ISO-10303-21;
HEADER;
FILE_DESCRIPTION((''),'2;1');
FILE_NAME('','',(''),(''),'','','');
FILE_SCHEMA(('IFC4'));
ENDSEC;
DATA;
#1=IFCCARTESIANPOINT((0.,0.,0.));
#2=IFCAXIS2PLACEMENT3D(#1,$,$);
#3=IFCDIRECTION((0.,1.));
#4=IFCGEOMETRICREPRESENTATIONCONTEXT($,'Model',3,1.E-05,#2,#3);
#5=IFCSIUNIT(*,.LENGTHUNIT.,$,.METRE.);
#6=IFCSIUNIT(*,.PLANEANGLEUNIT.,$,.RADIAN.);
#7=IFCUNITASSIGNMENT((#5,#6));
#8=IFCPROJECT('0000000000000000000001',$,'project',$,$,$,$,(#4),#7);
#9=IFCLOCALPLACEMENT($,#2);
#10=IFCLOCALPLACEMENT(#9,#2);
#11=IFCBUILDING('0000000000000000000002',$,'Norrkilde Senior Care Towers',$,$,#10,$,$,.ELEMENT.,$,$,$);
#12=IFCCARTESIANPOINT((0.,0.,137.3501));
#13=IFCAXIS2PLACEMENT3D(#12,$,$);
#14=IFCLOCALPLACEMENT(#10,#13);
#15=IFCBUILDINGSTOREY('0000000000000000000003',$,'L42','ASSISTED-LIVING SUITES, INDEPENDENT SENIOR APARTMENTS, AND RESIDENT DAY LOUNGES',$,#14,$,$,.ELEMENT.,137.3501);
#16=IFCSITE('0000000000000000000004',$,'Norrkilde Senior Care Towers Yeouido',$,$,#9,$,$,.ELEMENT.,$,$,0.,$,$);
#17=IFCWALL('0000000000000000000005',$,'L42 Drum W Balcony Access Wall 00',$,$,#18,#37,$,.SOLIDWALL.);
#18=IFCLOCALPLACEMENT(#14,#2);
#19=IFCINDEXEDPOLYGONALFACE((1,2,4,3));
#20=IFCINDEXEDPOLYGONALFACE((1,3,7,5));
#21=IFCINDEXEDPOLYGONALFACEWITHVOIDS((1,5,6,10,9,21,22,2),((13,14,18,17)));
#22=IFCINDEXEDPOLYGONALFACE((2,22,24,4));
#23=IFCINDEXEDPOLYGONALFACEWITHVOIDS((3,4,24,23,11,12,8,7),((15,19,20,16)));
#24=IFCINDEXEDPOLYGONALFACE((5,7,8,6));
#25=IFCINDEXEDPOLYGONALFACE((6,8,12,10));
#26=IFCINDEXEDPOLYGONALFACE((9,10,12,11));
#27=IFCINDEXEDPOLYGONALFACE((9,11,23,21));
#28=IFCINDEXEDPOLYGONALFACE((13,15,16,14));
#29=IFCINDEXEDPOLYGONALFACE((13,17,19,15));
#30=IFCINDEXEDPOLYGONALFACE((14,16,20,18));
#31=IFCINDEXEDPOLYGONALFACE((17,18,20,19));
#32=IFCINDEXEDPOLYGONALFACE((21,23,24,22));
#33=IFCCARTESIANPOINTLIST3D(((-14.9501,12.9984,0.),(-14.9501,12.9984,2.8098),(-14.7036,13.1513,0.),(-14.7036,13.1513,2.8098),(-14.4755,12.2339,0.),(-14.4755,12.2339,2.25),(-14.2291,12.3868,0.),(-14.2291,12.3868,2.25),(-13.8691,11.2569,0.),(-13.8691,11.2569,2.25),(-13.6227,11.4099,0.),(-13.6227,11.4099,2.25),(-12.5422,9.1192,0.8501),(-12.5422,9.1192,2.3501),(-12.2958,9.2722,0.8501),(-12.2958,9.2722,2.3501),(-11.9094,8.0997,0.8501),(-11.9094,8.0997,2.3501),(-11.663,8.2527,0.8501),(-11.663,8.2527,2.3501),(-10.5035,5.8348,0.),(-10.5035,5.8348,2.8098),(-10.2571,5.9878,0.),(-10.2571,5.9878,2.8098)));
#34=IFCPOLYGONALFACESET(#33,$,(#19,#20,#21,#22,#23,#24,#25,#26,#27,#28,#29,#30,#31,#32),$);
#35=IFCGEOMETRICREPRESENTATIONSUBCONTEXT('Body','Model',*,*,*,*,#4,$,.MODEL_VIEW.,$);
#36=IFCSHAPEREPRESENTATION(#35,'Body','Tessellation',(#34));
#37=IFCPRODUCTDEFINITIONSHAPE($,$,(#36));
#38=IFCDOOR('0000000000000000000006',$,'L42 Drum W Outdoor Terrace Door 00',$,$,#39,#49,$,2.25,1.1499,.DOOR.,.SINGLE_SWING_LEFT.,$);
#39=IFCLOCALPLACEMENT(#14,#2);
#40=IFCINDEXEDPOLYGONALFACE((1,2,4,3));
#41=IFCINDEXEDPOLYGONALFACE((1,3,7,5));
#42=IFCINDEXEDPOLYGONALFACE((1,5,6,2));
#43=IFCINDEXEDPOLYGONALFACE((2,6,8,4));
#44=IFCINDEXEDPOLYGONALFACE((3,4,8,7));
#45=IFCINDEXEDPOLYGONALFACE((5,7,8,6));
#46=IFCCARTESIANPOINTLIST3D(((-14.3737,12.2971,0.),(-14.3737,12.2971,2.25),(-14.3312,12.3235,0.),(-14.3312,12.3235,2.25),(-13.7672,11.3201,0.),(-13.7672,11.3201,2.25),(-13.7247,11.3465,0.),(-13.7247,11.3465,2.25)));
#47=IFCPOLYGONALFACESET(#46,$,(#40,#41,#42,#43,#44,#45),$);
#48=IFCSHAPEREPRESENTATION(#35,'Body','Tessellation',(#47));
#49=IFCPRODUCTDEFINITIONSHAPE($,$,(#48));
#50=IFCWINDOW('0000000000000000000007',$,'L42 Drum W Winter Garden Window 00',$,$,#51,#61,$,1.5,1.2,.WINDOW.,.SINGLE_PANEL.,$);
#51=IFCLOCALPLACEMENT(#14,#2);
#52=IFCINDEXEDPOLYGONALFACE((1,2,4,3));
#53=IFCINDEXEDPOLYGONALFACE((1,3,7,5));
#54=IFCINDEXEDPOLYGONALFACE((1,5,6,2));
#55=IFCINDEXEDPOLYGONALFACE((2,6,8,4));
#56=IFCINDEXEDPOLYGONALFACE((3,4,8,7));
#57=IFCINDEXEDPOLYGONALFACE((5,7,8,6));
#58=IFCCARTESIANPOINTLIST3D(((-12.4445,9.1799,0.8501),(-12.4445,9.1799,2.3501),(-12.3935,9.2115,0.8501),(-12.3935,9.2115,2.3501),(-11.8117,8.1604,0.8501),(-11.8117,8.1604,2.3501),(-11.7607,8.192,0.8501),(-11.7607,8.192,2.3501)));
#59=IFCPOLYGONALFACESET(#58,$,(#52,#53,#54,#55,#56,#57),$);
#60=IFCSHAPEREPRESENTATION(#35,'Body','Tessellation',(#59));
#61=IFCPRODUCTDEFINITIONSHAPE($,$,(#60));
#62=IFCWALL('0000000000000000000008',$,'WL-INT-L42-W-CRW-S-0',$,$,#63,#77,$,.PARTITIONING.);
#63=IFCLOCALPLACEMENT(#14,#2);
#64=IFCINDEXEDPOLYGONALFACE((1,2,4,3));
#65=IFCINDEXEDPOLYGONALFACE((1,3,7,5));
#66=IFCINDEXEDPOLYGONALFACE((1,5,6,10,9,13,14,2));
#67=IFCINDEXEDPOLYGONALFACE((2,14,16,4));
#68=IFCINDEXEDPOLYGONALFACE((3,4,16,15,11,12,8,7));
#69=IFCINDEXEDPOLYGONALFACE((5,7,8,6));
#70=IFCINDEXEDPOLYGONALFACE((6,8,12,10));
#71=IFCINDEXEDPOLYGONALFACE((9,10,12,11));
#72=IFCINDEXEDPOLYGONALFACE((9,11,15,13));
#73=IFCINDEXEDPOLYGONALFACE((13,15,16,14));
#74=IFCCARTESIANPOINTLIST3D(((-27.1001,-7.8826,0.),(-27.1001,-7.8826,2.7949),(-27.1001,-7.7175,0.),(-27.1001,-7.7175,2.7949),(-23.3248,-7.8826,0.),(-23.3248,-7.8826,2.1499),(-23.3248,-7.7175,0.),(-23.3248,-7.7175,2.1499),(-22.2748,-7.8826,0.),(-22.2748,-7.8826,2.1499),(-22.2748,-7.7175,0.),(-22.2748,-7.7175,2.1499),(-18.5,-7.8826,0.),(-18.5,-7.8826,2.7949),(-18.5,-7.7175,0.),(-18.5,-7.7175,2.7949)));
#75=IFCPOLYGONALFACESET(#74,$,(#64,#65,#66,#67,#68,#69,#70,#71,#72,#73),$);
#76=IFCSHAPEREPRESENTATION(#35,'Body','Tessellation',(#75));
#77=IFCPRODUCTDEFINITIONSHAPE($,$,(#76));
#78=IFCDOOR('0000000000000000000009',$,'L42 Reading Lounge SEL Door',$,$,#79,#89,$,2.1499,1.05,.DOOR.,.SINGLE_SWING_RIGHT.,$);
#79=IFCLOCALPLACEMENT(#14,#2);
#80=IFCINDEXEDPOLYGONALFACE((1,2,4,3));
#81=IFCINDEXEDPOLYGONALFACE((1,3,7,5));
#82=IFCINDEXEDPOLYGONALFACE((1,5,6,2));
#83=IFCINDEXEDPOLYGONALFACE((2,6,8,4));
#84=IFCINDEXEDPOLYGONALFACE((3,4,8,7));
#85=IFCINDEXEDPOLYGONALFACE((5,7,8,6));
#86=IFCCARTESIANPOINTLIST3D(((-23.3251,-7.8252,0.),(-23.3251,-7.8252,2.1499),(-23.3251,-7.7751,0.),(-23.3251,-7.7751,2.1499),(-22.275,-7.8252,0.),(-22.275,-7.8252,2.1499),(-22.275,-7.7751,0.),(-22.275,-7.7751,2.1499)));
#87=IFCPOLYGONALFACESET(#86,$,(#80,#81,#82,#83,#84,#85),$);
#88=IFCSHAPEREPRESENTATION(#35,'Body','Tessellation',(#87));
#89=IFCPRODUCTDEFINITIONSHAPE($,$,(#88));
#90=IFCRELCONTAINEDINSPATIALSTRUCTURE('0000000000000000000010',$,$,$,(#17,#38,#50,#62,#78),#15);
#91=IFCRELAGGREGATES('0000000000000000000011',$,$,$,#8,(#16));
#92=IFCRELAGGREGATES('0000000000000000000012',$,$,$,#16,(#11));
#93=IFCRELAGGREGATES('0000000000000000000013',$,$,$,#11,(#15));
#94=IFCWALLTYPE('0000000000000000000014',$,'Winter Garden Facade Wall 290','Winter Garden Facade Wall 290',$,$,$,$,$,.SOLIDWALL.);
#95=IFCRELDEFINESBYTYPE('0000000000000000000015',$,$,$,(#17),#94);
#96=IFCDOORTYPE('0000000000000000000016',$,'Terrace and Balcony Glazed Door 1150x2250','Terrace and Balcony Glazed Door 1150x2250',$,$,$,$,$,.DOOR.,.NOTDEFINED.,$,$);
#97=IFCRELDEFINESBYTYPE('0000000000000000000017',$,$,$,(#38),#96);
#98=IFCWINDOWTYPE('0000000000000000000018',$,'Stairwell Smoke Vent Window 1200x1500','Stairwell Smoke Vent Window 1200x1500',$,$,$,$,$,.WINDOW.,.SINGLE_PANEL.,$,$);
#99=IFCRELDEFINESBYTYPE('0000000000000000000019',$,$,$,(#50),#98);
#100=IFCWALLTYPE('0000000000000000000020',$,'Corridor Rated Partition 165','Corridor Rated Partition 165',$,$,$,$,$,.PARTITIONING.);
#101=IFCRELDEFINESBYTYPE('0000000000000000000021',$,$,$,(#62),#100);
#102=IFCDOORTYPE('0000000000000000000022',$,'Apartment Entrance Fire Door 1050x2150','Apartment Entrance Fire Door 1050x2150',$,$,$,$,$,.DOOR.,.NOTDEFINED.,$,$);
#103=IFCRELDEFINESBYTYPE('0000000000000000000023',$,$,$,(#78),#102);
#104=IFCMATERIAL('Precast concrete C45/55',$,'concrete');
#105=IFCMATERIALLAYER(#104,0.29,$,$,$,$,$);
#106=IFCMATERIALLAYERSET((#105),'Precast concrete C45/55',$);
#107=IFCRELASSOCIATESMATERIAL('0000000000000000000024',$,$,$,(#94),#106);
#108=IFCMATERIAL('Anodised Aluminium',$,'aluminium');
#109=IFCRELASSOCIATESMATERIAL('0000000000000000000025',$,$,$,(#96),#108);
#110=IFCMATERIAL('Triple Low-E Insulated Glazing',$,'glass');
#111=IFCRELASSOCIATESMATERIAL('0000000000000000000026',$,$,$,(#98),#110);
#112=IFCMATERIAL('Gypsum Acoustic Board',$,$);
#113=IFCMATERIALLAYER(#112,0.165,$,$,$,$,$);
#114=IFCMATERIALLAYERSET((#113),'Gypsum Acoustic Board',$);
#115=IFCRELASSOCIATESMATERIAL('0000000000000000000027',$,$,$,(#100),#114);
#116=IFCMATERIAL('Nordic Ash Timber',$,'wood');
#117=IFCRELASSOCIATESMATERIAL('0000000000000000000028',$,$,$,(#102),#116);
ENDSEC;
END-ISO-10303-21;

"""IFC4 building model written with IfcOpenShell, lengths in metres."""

from ifc_helpers import new_model, si_unit, direction, frame, frame_2d, origin, place, context, subcontext, project, spatial, rectangle, extrude, source, transform, mapped, material, layer, layer_set, type_object, type_shapes, element, fill, save


model = new_model("IFC4")

# Units and contexts
model_context = context("Model", 3, precision=1e-05, world=origin(), true_north=direction((0.0, 1.0)))
body_context = subcontext(model_context, "Body", "Model", "MODEL_VIEW")
ifc_project = project(units=[si_unit("LENGTHUNIT", "METRE"), si_unit("PLANEANGLEUNIT", "RADIAN")], contexts=[model_context])

# Site, building, storey
site_placement = place(None, origin())
site = spatial("IfcSite", under=ifc_project, at=site_placement, Name="Norrkilde Senior Care Towers Yeouido", CompositionType="ELEMENT", RefElevation=0.0)
building_placement = place(site_placement, origin())
building = spatial("IfcBuilding", under=site, at=building_placement, Name="Norrkilde Senior Care Towers", CompositionType="ELEMENT")
storey_placement = place(building_placement, frame((0.0, 0.0, 137.3501)))
storey = spatial("IfcBuildingStorey", under=building, at=storey_placement, Name="L42", Description="ASSISTED-LIVING SUITES, INDEPENDENT SENIOR APARTMENTS, AND RESIDENT DAY LOUNGES", CompositionType="ELEMENT", Elevation=137.3501)

# Shared definitions
ifc_material_1 = material(Name="Triple Low-E Insulated Glazing", Category="glass")
ifc_material_2 = material(Name="Anodised Aluminium", Category="aluminium")

# Wall, openings, door, window
ifc_material_3 = material(Name="Precast concrete C45/55", Category="concrete")
ifc_layer_1 = layer(ifc_material_3, 0.29)
ifc_layer_set_1 = layer_set([ifc_layer_1], Name="Precast concrete C45/55")
wall_type_1 = type_object("IfcWallType", Name="Winter Garden Facade Wall 290", Description="Winter Garden Facade Wall 290", PredefinedType="SOLIDWALL", material=ifc_layer_set_1)
shared_shape_1 = source(origin(), body_context, "Body", "SweptSolid", [
    extrude(rectangle(XDim=8.4314, YDim=0.29, at=frame_2d((4.2158, 0.0))), origin(), (0.0, 0.0, 1.0), 2.8098),
])
type_shapes(wall_type_1, [shared_shape_1])
wall_1_placement = place(storey_placement, frame((-14.8269, 13.075, 0.0), z_axis=(0.0, 0.0, 1.0), x_axis=(0.527378, -0.849631, 0.0)))
wall_1 = element("IfcWall", 1, at=wall_1_placement, inside=storey, type_object=wall_type_1, Name="L42 Drum W Balcony Access Wall 00", PredefinedType="SOLIDWALL", context=body_context, shape_type="MappedRepresentation", body=[
    mapped(shared_shape_1, transform((0.0, 0.0, 0.0), x_axis=(1.0, 0.0, 0.0), y_axis=(0.0, 1.0, 0.0), z_axis=(0.0, 0.0, 1.0), scale=1.0)),
])
opening_1_placement = place(wall_1_placement, frame((0.8999, 0.0, 0.0)))
opening_1 = element("IfcOpeningElement", 2, at=opening_1_placement, cuts=wall_1, PredefinedType="OPENING", context=body_context, shape_type="SweptSolid", body=[
    extrude(rectangle(XDim=1.1499, YDim=2.25, at=frame_2d((0.575, 1.125))), frame((0.0, 0.155, 0.0), z_axis=(0.0, -1.0, 0.0), x_axis=(1.0, 0.0, 0.0)), (0.0, 0.0, 1.0), 0.3101),
])
opening_2_placement = place(wall_1_placement, frame((4.5657, 0.0, 0.8501)))
opening_2 = element("IfcOpeningElement", 3, at=opening_2_placement, cuts=wall_1, PredefinedType="OPENING", context=body_context, shape_type="SweptSolid", body=[
    extrude(rectangle(XDim=1.2, YDim=1.5, at=frame_2d((0.6001, 0.75))), frame((0.0, 0.155, 0.0), z_axis=(0.0, -1.0, 0.0), x_axis=(1.0, 0.0, 0.0)), (0.0, 0.0, 1.0), 0.3101),
])
door_type_1 = type_object("IfcDoorType", Name="Terrace and Balcony Glazed Door 1150x2250", Description="Terrace and Balcony Glazed Door 1150x2250", OperationType="NOTDEFINED", PredefinedType="DOOR", material=ifc_material_2)
shared_shape_2 = source(origin(), body_context, "Body", "SweptSolid", [
    extrude(rectangle(XDim=1.1499, YDim=2.25, at=frame_2d((0.575, 1.125))), frame((0.0, 0.0249, 0.0), z_axis=(0.0, -1.0, 0.0), x_axis=(1.0, 0.0, 0.0)), (0.0, 0.0, 1.0), 0.05),
])
type_shapes(door_type_1, [shared_shape_2])
door_1_placement = place(opening_1_placement, origin())
door_1 = element("IfcDoor", 4, at=door_1_placement, inside=storey, type_object=door_type_1, Name="L42 Drum W Outdoor Terrace Door 00", OperationType="SINGLE_SWING_LEFT", OverallHeight=2.25, OverallWidth=1.1499, PredefinedType="DOOR", context=body_context, shape_type="MappedRepresentation", body=[
    mapped(shared_shape_2, transform((0.0, 0.0, 0.0), x_axis=(1.0, 0.0, 0.0), y_axis=(0.0, 1.0, 0.0), z_axis=(0.0, 0.0, 1.0), scale=1.0)),
])
fill(opening_1, door_1)
window_type = type_object("IfcWindowType", Name="Stairwell Smoke Vent Window 1200x1500", Description="Stairwell Smoke Vent Window 1200x1500", PartitioningType="SINGLE_PANEL", PredefinedType="WINDOW", material=ifc_material_1)
shared_shape_3 = source(origin(), body_context, "Body", "SweptSolid", [
    extrude(rectangle(XDim=1.2, YDim=1.5, at=frame_2d((0.6001, 0.75))), frame((0.0, 0.03, 0.0), z_axis=(0.0, -1.0, 0.0), x_axis=(1.0, 0.0, 0.0)), (0.0, 0.0, 1.0), 0.0601),
])
type_shapes(window_type, [shared_shape_3])
window_placement = place(opening_2_placement, origin())
window = element("IfcWindow", 5, at=window_placement, inside=storey, type_object=window_type, Name="L42 Drum W Winter Garden Window 00", OverallHeight=1.5, OverallWidth=1.2, PartitioningType="SINGLE_PANEL", PredefinedType="WINDOW", context=body_context, shape_type="MappedRepresentation", body=[
    mapped(shared_shape_3, transform((0.0, 0.0, 0.0), x_axis=(1.0, 0.0, 0.0), y_axis=(0.0, 1.0, 0.0), z_axis=(0.0, 0.0, 1.0), scale=1.0)),
])
fill(opening_2, window)

# Wall, opening, door
ifc_material_4 = material(Name="Gypsum Acoustic Board")
ifc_layer_2 = layer(ifc_material_4, 0.165)
ifc_layer_set_2 = layer_set([ifc_layer_2], Name="Gypsum Acoustic Board")
wall_type_2 = type_object("IfcWallType", Name="Corridor Rated Partition 165", Description="Corridor Rated Partition 165", PredefinedType="PARTITIONING", material=ifc_layer_set_2)
shared_shape_4 = source(origin(), body_context, "Body", "SweptSolid", [
    extrude(rectangle(XDim=8.6001, YDim=0.165, at=frame_2d((4.3, 0.0))), origin(), (0.0, 0.0, 1.0), 2.7949),
])
wall_2_placement = place(storey_placement, frame((-18.5, -7.8, 0.0), z_axis=(0.0, 0.0, 1.0), x_axis=(-1.0, 0.0, 0.0)))
wall_2 = element("IfcWall", 6, at=wall_2_placement, inside=storey, type_object=wall_type_2, Name="WL-INT-L42-W-CRW-S-0", PredefinedType="PARTITIONING", context=body_context, shape_type="MappedRepresentation", body=[
    mapped(shared_shape_4, transform((0.0, 0.0, 0.0), x_axis=(1.0, 0.0, 0.0), y_axis=(0.0, 1.0, 0.0), z_axis=(0.0, 0.0, 1.0), scale=1.0)),
])
opening_3_placement = place(wall_2_placement, frame((3.7749, 0.0, 0.0)))
opening_3 = element("IfcOpeningElement", 7, at=opening_3_placement, cuts=wall_2, PredefinedType="OPENING", context=body_context, shape_type="SweptSolid", body=[
    extrude(rectangle(XDim=1.05, YDim=2.1499, at=frame_2d((0.5249, 1.075))), frame((0.0, 0.0925, 0.0), z_axis=(0.0, -1.0, 0.0), x_axis=(1.0, 0.0, 0.0)), (0.0, 0.0, 1.0), 0.1851),
])
ifc_material_5 = material(Name="Nordic Ash Timber", Category="wood")
door_type_2 = type_object("IfcDoorType", Name="Apartment Entrance Fire Door 1050x2150", Description="Apartment Entrance Fire Door 1050x2150", OperationType="NOTDEFINED", PredefinedType="DOOR", material=ifc_material_5)
shared_shape_5 = source(origin(), body_context, "Body", "SweptSolid", [
    extrude(rectangle(XDim=1.05, YDim=2.1499, at=frame_2d((0.5249, 1.075))), frame((0.0, 0.0249, 0.0), z_axis=(0.0, -1.0, 0.0), x_axis=(1.0, 0.0, 0.0)), (0.0, 0.0, 1.0), 0.05),
])
type_shapes(door_type_2, [shared_shape_5])
door_2_placement = place(opening_3_placement, frame((1.05, 0.0, 0.0), z_axis=(0.0, 0.0, 1.0), x_axis=(-1.0, 0.0, 0.0)))
door_2 = element("IfcDoor", 8, at=door_2_placement, inside=storey, type_object=door_type_2, Name="L42 Reading Lounge SEL Door", OperationType="SINGLE_SWING_RIGHT", OverallHeight=2.1499, OverallWidth=1.05, PredefinedType="DOOR", context=body_context, shape_type="MappedRepresentation", body=[
    mapped(shared_shape_5, transform((0.0, 0.0, 0.0), x_axis=(1.0, 0.0, 0.0), y_axis=(0.0, 1.0, 0.0), z_axis=(0.0, 0.0, 1.0), scale=1.0)),
])
fill(opening_3, door_2)

save(model, "model.ifc")
